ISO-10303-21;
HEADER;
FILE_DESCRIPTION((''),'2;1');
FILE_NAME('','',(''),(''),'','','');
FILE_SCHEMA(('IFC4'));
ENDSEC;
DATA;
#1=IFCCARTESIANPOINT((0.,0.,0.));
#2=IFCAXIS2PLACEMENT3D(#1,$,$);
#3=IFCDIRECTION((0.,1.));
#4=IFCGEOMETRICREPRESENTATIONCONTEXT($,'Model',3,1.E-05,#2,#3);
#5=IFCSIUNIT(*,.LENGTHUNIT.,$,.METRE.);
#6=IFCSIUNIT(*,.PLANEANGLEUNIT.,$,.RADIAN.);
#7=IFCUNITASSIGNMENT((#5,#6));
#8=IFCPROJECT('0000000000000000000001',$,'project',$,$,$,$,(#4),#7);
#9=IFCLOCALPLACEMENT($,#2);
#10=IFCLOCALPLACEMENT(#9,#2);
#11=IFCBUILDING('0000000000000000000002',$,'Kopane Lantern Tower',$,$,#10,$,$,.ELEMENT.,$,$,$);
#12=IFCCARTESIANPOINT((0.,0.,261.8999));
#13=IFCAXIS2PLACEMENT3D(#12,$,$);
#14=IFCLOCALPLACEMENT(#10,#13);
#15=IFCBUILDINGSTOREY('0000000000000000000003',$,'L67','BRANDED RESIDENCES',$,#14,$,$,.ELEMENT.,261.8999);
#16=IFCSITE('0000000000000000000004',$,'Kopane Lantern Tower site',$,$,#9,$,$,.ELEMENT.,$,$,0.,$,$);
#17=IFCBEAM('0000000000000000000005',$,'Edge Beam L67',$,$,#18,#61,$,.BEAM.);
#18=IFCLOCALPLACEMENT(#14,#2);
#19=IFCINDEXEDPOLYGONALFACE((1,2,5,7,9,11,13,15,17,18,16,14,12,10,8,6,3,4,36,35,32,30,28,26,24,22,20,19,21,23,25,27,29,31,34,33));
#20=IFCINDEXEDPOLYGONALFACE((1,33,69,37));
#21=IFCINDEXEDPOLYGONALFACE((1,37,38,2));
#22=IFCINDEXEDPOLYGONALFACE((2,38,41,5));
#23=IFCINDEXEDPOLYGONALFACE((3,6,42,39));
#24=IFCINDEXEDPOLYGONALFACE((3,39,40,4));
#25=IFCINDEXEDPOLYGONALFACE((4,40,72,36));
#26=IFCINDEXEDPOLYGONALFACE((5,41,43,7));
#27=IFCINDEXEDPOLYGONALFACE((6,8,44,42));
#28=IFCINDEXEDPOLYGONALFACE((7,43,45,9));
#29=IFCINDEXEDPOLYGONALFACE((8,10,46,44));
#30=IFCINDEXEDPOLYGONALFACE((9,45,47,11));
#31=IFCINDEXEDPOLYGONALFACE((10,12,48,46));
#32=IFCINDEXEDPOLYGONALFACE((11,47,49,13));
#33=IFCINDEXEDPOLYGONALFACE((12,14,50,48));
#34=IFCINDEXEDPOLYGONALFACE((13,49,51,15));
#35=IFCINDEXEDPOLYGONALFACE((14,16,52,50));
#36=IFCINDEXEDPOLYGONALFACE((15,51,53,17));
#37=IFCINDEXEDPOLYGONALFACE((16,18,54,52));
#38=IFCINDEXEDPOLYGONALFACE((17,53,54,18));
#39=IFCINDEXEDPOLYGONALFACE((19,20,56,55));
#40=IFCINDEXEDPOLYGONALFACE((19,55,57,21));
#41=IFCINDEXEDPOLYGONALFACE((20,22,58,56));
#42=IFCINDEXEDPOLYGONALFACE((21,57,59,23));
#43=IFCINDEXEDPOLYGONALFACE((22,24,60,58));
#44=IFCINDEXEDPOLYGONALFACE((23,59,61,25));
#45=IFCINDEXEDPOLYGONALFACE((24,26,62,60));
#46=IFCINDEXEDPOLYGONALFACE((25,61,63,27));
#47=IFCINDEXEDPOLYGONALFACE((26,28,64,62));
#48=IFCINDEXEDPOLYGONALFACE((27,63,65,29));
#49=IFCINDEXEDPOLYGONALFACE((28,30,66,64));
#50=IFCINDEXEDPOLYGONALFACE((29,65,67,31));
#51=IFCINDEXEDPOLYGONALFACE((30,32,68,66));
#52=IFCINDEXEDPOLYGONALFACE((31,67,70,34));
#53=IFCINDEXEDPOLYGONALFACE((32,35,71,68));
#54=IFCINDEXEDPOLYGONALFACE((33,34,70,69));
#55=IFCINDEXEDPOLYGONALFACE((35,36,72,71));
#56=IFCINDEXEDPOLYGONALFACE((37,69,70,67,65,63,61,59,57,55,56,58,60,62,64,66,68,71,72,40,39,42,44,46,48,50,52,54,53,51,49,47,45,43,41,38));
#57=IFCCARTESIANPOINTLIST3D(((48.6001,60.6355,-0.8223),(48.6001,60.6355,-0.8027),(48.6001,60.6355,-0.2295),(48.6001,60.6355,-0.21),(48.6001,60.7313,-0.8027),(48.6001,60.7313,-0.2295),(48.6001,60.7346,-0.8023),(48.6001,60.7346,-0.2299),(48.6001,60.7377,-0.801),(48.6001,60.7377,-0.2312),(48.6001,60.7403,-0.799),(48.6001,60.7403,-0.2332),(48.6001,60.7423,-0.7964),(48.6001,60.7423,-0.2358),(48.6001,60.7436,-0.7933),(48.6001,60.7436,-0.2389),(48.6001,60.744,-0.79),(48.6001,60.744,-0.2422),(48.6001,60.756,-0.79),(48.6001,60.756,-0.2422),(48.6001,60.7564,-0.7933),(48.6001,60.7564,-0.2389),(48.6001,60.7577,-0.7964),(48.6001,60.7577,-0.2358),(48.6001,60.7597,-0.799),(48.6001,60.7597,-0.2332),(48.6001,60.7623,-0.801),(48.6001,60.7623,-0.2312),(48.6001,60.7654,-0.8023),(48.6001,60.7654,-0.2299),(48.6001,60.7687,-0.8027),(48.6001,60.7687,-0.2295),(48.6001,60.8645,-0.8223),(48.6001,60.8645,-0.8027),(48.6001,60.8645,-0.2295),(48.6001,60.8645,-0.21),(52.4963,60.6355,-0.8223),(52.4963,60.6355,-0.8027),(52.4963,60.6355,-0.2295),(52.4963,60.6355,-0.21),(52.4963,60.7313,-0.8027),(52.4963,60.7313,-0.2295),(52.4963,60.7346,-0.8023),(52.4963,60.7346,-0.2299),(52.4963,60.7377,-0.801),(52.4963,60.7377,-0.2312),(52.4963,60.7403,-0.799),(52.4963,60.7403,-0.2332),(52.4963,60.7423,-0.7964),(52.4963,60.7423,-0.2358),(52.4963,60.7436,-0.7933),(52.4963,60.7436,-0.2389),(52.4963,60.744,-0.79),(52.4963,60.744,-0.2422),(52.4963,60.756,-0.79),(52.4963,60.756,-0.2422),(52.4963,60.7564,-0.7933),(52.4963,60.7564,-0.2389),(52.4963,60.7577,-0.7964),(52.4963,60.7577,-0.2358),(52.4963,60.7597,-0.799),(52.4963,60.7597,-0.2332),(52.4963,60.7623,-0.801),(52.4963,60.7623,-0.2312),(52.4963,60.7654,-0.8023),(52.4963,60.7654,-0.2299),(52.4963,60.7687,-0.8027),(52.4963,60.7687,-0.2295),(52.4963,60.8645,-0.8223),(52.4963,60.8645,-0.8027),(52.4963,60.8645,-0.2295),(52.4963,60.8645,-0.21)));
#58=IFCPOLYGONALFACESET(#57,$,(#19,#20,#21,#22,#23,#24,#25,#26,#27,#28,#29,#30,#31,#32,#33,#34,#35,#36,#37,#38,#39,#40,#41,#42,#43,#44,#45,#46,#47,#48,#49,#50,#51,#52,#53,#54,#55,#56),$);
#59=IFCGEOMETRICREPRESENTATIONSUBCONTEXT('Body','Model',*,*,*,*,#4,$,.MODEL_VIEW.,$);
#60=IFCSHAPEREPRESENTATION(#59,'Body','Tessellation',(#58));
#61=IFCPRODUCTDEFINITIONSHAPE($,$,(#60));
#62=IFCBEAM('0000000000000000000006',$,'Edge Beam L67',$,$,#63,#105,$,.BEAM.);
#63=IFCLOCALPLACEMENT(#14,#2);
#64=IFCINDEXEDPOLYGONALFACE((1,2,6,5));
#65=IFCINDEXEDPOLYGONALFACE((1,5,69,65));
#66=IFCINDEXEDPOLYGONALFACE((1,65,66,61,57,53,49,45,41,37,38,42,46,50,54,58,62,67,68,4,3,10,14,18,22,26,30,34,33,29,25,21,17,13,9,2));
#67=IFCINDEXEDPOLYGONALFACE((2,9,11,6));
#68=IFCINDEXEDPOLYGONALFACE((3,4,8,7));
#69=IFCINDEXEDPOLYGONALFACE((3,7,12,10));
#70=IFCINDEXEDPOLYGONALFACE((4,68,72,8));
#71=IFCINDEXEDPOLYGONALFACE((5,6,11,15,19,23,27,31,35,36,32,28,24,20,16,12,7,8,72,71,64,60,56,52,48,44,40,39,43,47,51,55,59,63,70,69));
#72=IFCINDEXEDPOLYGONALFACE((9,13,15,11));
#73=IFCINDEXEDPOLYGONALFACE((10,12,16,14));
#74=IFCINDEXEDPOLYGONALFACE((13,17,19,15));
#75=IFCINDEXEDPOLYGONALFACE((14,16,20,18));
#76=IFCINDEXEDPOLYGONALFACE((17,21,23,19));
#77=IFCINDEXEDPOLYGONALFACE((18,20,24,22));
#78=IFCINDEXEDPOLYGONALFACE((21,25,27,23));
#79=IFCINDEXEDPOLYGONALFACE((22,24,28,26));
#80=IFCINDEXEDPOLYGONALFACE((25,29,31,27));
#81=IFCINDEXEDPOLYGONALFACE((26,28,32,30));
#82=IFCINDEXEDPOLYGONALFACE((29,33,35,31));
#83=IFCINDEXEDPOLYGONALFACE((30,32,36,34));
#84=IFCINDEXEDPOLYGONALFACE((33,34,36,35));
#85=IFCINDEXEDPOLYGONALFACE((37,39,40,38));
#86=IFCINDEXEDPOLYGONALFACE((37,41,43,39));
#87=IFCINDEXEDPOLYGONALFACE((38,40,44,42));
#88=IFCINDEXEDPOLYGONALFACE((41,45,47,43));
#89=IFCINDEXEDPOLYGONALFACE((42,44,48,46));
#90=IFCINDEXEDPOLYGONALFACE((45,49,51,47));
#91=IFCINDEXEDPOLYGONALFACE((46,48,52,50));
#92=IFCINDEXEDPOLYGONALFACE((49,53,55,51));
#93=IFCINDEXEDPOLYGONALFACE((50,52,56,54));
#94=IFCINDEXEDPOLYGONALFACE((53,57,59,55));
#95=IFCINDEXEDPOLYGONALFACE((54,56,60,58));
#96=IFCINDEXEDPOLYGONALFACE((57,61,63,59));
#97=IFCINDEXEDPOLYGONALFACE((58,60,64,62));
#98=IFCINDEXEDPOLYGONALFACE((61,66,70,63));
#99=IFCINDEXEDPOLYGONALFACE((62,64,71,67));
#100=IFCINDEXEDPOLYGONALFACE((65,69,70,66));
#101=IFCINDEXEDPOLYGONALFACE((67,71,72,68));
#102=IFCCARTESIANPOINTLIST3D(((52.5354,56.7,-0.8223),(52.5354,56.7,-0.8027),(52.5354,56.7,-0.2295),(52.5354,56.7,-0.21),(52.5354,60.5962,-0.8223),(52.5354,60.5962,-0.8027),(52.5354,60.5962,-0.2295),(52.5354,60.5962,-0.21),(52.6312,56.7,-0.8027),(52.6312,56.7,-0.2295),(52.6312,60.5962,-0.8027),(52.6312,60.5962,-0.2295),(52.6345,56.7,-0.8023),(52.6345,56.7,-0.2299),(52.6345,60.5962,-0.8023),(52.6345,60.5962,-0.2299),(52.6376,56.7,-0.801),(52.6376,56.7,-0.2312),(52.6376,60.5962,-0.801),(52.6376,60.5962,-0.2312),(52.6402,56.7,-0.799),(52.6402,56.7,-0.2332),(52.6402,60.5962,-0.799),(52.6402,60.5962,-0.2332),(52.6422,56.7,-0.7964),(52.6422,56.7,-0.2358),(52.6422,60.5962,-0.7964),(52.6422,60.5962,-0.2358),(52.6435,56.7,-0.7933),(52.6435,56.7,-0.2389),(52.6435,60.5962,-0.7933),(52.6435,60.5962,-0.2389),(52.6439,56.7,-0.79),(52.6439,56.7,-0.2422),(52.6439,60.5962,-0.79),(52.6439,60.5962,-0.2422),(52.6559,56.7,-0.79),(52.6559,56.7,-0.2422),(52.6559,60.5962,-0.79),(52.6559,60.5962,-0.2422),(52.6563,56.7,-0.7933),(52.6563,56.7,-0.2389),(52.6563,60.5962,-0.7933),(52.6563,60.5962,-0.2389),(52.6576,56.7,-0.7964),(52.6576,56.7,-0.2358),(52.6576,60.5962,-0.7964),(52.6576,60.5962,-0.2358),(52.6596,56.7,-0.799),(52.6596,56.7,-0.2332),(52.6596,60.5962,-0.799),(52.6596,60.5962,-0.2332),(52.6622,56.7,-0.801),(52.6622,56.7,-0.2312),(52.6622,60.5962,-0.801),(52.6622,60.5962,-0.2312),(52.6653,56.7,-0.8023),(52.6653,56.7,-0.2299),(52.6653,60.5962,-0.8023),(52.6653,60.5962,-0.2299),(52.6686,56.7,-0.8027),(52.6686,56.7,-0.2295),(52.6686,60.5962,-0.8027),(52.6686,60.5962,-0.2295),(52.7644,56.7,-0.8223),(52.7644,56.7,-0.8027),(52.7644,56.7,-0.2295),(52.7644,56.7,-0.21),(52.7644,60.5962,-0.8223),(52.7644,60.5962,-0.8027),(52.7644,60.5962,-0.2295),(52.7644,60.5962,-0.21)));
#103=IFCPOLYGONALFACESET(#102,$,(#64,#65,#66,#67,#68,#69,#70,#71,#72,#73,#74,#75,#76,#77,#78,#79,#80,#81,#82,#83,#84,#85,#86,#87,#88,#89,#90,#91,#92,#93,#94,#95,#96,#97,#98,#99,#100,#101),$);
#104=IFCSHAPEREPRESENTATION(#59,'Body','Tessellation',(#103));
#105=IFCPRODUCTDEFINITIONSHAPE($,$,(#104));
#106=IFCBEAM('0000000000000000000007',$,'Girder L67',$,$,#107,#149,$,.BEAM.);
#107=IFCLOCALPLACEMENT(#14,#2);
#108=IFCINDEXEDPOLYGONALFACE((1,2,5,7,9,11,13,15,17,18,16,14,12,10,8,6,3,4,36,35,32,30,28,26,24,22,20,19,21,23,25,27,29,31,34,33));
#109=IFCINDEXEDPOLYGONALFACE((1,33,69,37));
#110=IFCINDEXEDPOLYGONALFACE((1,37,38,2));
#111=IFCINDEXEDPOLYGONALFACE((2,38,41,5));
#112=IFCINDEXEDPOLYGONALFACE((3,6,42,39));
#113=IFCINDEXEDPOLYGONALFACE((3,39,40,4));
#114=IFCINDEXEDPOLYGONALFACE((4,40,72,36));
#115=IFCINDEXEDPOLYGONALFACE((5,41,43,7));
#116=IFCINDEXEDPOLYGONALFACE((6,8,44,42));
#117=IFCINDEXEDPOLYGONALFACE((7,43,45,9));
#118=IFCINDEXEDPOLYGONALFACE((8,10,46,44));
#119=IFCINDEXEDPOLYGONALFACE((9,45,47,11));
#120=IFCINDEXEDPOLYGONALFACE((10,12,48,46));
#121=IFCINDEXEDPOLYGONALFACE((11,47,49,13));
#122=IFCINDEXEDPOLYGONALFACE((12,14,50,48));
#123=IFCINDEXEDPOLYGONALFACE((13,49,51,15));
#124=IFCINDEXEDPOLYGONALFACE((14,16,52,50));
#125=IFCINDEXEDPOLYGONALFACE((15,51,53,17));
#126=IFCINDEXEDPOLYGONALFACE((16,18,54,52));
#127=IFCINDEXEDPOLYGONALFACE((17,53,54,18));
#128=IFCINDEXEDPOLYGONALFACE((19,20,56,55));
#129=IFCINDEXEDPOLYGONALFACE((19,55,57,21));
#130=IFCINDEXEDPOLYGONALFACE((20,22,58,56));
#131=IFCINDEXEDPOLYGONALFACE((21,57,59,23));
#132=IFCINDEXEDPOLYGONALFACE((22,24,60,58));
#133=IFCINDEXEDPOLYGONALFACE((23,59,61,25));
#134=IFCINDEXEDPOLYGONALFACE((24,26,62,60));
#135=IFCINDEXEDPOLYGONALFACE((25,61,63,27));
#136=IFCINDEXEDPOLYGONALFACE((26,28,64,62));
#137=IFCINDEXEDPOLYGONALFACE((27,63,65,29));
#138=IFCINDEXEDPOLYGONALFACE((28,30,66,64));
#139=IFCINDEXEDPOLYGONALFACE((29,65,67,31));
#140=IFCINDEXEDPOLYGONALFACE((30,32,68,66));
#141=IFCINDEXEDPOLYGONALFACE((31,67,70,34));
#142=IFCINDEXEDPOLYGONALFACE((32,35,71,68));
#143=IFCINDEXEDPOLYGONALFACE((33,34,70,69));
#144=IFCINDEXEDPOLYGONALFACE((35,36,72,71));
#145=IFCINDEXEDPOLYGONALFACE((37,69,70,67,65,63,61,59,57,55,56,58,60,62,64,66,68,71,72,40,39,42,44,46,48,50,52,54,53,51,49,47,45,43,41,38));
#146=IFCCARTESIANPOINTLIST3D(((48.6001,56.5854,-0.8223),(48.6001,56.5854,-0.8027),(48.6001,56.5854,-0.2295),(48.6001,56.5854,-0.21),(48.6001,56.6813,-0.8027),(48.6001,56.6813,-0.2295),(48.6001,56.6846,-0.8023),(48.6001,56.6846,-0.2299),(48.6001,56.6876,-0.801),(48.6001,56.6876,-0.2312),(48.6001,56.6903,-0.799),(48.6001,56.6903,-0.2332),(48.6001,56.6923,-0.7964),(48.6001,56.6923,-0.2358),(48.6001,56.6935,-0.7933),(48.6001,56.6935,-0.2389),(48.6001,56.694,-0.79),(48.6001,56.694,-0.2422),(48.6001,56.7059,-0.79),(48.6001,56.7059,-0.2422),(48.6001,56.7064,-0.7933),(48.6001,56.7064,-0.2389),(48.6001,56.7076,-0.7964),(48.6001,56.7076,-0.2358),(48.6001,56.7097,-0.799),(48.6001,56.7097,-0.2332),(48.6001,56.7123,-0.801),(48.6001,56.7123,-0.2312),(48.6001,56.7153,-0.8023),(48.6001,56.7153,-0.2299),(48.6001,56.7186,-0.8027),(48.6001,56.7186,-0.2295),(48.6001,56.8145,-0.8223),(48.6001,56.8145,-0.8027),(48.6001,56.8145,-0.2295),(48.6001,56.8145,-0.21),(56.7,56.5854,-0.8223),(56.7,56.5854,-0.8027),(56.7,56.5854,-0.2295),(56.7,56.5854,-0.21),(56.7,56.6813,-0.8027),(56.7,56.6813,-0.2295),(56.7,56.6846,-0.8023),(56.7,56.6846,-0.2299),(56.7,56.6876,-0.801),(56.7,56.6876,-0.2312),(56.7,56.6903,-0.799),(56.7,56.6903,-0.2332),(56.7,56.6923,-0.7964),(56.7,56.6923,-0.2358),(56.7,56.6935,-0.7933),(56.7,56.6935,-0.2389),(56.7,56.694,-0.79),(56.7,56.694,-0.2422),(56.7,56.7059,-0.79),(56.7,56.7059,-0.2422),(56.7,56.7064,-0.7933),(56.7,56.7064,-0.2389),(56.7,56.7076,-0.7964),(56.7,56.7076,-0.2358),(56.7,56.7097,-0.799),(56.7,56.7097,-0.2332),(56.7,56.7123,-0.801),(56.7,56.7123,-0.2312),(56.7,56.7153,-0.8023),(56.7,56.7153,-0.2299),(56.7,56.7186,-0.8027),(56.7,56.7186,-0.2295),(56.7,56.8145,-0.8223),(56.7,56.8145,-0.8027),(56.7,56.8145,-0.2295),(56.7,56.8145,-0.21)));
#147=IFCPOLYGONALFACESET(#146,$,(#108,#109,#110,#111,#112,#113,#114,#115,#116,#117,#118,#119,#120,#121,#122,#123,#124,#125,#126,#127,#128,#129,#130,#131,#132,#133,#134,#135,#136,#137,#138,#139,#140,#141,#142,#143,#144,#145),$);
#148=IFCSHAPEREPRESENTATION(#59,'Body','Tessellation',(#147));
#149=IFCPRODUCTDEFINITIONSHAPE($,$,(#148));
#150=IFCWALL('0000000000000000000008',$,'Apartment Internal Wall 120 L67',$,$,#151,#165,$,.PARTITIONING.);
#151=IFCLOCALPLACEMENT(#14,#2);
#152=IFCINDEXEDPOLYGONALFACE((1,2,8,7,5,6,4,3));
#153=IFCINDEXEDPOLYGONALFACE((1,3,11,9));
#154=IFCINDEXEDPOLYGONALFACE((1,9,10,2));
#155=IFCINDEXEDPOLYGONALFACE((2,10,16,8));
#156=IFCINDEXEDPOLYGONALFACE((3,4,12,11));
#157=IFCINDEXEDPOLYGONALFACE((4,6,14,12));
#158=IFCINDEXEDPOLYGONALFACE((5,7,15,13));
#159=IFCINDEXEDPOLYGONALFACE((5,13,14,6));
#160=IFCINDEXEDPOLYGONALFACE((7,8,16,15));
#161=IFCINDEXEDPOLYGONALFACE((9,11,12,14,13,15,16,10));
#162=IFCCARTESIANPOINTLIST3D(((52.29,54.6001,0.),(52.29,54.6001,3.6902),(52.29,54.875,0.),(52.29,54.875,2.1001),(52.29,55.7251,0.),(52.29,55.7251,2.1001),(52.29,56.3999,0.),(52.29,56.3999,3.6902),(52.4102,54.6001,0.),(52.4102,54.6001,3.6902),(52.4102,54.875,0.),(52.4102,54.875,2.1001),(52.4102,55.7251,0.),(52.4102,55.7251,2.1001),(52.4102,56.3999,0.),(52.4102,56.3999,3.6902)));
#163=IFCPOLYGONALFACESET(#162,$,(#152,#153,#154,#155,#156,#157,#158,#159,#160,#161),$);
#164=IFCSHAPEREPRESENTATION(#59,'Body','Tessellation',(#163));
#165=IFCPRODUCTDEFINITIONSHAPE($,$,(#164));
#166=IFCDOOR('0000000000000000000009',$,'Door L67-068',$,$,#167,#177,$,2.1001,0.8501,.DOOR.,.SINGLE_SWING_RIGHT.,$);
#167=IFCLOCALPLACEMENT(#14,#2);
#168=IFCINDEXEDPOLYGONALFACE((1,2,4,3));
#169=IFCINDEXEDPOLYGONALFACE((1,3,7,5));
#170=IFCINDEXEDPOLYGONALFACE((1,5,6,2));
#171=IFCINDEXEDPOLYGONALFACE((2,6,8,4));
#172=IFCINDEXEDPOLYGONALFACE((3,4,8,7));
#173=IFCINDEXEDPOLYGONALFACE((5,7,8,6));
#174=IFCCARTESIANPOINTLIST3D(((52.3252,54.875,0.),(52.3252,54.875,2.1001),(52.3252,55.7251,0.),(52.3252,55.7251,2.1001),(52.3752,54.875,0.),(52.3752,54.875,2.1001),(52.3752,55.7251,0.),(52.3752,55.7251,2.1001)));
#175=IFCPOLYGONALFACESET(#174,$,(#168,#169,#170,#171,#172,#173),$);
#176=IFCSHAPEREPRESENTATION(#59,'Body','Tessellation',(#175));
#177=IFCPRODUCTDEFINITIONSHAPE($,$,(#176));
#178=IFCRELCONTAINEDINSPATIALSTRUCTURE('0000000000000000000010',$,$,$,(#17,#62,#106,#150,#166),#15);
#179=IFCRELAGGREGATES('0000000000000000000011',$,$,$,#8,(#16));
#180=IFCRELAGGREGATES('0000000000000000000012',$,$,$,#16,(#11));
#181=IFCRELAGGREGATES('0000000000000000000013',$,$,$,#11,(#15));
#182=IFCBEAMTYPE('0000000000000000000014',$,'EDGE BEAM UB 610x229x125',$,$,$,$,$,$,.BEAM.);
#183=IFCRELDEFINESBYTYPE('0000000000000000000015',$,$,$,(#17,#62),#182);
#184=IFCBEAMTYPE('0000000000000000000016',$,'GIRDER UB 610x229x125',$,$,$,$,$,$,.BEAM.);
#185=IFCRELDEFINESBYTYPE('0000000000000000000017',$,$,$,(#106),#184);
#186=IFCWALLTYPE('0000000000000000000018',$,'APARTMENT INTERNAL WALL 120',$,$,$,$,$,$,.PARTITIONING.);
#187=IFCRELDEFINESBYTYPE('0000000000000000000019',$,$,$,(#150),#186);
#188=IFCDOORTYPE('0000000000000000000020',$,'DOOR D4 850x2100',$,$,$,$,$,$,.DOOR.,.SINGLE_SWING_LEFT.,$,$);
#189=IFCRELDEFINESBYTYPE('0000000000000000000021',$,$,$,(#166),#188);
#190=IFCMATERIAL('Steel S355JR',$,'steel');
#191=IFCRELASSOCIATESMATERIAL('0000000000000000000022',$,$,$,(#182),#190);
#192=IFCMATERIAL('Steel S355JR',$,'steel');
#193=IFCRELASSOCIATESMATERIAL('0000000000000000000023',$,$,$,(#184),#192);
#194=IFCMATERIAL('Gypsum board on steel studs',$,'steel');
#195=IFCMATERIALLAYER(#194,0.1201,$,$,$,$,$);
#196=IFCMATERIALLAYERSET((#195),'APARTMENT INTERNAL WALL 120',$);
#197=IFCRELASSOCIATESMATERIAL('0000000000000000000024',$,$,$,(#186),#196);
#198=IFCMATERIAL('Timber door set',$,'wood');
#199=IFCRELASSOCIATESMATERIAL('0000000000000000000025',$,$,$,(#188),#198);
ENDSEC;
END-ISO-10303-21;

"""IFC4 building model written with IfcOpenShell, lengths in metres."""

from ifc_helpers import new_model, si_unit, direction, frame, frame_2d, origin, origin_2d, place, context, subcontext, project, spatial, rectangle, i_section, extrude, material, layer, layer_set, material_profile, profile_set, type_object, element, fill, save


model = new_model("IFC4")

# Units and contexts
model_context = context("Model", 3, precision=1e-05, world=origin(), true_north=direction((0.0, 1.0)))
body_context = subcontext(model_context, "Body", "Model", "MODEL_VIEW")
ifc_project = project(units=[si_unit("LENGTHUNIT", "METRE"), si_unit("PLANEANGLEUNIT", "RADIAN")], contexts=[model_context])

# Site, building, storey
site_placement = place(None, origin())
site = spatial("IfcSite", under=ifc_project, at=site_placement, Name="Kopane Lantern Tower site", CompositionType="ELEMENT", RefElevation=0.0)
building_placement = place(site_placement, origin())
building = spatial("IfcBuilding", under=site, at=building_placement, Name="Kopane Lantern Tower", CompositionType="ELEMENT")
storey_placement = place(building_placement, frame((0.0, 0.0, 261.8999)))
storey = spatial("IfcBuildingStorey", under=building, at=storey_placement, Name="L67", Description="BRANDED RESIDENCES", CompositionType="ELEMENT", Elevation=261.8999)

# Beams
ifc_material_1 = material(Name="Steel S355JR", Category="steel")
ifc_material_profile_1 = material_profile(ifc_material_1, i_section(OverallWidth=0.229, OverallDepth=0.6123, WebThickness=0.012, FlangeThickness=0.0195, FilletRadius=0.0127, at=origin_2d()), Name="UB 610x229x125")
ifc_profile_set_1 = profile_set([ifc_material_profile_1], Name="Steel S355JR")
beam_type_1 = type_object("IfcBeamType", Name="EDGE BEAM UB 610x229x125", PredefinedType="BEAM", material=ifc_profile_set_1)
for number, where, z_axis, x_axis, name in (
    (1, (52.4963, 60.75, -0.5161), (-1.0, 0.0, 0.0), (0.0, -1.0, 0.0), "Edge Beam L67"),
    (2, (52.6499, 60.5962, -0.5161), (0.0, -1.0, 0.0), (1.0, 0.0, 0.0), "Edge Beam L67"),
):
    element("IfcBeam", number, at=place(storey_placement, frame(where, z_axis=z_axis, x_axis=x_axis)), inside=storey, type_object=beam_type_1, Name=name, PredefinedType="BEAM", context=body_context, shape_type="SweptSolid", body=[
        extrude(i_section(OverallWidth=0.229, OverallDepth=0.6123, WebThickness=0.012, FlangeThickness=0.0195, FilletRadius=0.0127, at=origin_2d()), origin(), (0.0, 0.0, 1.0), 3.8962),
    ])
ifc_material_2 = material(Name="Steel S355JR", Category="steel")
ifc_material_profile_2 = material_profile(ifc_material_2, i_section(OverallWidth=0.229, OverallDepth=0.6123, WebThickness=0.012, FlangeThickness=0.0195, FilletRadius=0.0127, at=origin_2d()), Name="UB 610x229x125")
ifc_profile_set_2 = profile_set([ifc_material_profile_2], Name="Steel S355JR")
beam_type_2 = type_object("IfcBeamType", Name="GIRDER UB 610x229x125", PredefinedType="BEAM", material=ifc_profile_set_2)
beam_1_placement = place(storey_placement, frame((48.6001, 56.7, -0.5161), z_axis=(1.0, 0.0, 0.0), x_axis=(0.0, 1.0, 0.0)))
element("IfcBeam", 3, at=beam_1_placement, inside=storey, type_object=beam_type_2, Name="Girder L67", PredefinedType="BEAM", context=body_context, shape_type="SweptSolid", body=[
    extrude(i_section(OverallWidth=0.229, OverallDepth=0.6123, WebThickness=0.012, FlangeThickness=0.0195, FilletRadius=0.0127, at=origin_2d()), origin(), (0.0, 0.0, 1.0), 8.0999),
])

# Wall, opening, door
ifc_material_3 = material(Name="Gypsum board on steel studs", Category="steel")
ifc_layer_1 = layer(ifc_material_3, 0.1201)
ifc_layer_set_1 = layer_set([ifc_layer_1], Name="APARTMENT INTERNAL WALL 120")
wall_type_1 = type_object("IfcWallType", Name="APARTMENT INTERNAL WALL 120", PredefinedType="PARTITIONING", material=ifc_layer_set_1)
wall_1_placement = place(storey_placement, frame((52.3501, 54.6001, 0.0), z_axis=(0.0, 0.0, 1.0), x_axis=(0.0, 1.0, 0.0)))
wall_1 = element("IfcWall", 4, at=wall_1_placement, inside=storey, type_object=wall_type_1, Name="Apartment Internal Wall 120 L67", PredefinedType="PARTITIONING", context=body_context, shape_type="SweptSolid", body=[
    extrude(rectangle(XDim=1.7998, YDim=0.1201, at=frame_2d((0.8999, 0.0))), origin(), (0.0, 0.0, 1.0), 3.6902),
])
opening_1_placement = place(wall_1_placement, frame((0.2749, 0.0, 0.0)))
opening_1 = element("IfcOpeningElement", 5, at=opening_1_placement, cuts=wall_1, PredefinedType="OPENING", context=body_context, shape_type="SweptSolid", body=[
    extrude(rectangle(XDim=0.8501, YDim=2.1001, at=frame_2d((0.425, 1.05))), frame((0.0, 0.0701, 0.0), z_axis=(0.0, -1.0, 0.0), x_axis=(1.0, 0.0, 0.0)), (0.0, 0.0, 1.0), 0.1401),
])
ifc_material_4 = material(Name="Timber door set", Category="wood")
door_type = type_object("IfcDoorType", Name="DOOR D4 850x2100", OperationType="SINGLE_SWING_LEFT", PredefinedType="DOOR", material=ifc_material_4)
door_placement = place(opening_1_placement, origin())
door = element("IfcDoor", 6, at=door_placement, inside=storey, type_object=door_type, Name="Door L67-068", OperationType="SINGLE_SWING_RIGHT", OverallHeight=2.1001, OverallWidth=0.8501, PredefinedType="DOOR", context=body_context, shape_type="SweptSolid", body=[
    extrude(rectangle(XDim=0.8501, YDim=2.1001, at=frame_2d((0.425, 1.05))), frame((0.0, 0.0249, 0.0), z_axis=(0.0, -1.0, 0.0), x_axis=(1.0, 0.0, 0.0)), (0.0, 0.0, 1.0), 0.05),
])
fill(opening_1, door)

save(model, "model.ifc")
